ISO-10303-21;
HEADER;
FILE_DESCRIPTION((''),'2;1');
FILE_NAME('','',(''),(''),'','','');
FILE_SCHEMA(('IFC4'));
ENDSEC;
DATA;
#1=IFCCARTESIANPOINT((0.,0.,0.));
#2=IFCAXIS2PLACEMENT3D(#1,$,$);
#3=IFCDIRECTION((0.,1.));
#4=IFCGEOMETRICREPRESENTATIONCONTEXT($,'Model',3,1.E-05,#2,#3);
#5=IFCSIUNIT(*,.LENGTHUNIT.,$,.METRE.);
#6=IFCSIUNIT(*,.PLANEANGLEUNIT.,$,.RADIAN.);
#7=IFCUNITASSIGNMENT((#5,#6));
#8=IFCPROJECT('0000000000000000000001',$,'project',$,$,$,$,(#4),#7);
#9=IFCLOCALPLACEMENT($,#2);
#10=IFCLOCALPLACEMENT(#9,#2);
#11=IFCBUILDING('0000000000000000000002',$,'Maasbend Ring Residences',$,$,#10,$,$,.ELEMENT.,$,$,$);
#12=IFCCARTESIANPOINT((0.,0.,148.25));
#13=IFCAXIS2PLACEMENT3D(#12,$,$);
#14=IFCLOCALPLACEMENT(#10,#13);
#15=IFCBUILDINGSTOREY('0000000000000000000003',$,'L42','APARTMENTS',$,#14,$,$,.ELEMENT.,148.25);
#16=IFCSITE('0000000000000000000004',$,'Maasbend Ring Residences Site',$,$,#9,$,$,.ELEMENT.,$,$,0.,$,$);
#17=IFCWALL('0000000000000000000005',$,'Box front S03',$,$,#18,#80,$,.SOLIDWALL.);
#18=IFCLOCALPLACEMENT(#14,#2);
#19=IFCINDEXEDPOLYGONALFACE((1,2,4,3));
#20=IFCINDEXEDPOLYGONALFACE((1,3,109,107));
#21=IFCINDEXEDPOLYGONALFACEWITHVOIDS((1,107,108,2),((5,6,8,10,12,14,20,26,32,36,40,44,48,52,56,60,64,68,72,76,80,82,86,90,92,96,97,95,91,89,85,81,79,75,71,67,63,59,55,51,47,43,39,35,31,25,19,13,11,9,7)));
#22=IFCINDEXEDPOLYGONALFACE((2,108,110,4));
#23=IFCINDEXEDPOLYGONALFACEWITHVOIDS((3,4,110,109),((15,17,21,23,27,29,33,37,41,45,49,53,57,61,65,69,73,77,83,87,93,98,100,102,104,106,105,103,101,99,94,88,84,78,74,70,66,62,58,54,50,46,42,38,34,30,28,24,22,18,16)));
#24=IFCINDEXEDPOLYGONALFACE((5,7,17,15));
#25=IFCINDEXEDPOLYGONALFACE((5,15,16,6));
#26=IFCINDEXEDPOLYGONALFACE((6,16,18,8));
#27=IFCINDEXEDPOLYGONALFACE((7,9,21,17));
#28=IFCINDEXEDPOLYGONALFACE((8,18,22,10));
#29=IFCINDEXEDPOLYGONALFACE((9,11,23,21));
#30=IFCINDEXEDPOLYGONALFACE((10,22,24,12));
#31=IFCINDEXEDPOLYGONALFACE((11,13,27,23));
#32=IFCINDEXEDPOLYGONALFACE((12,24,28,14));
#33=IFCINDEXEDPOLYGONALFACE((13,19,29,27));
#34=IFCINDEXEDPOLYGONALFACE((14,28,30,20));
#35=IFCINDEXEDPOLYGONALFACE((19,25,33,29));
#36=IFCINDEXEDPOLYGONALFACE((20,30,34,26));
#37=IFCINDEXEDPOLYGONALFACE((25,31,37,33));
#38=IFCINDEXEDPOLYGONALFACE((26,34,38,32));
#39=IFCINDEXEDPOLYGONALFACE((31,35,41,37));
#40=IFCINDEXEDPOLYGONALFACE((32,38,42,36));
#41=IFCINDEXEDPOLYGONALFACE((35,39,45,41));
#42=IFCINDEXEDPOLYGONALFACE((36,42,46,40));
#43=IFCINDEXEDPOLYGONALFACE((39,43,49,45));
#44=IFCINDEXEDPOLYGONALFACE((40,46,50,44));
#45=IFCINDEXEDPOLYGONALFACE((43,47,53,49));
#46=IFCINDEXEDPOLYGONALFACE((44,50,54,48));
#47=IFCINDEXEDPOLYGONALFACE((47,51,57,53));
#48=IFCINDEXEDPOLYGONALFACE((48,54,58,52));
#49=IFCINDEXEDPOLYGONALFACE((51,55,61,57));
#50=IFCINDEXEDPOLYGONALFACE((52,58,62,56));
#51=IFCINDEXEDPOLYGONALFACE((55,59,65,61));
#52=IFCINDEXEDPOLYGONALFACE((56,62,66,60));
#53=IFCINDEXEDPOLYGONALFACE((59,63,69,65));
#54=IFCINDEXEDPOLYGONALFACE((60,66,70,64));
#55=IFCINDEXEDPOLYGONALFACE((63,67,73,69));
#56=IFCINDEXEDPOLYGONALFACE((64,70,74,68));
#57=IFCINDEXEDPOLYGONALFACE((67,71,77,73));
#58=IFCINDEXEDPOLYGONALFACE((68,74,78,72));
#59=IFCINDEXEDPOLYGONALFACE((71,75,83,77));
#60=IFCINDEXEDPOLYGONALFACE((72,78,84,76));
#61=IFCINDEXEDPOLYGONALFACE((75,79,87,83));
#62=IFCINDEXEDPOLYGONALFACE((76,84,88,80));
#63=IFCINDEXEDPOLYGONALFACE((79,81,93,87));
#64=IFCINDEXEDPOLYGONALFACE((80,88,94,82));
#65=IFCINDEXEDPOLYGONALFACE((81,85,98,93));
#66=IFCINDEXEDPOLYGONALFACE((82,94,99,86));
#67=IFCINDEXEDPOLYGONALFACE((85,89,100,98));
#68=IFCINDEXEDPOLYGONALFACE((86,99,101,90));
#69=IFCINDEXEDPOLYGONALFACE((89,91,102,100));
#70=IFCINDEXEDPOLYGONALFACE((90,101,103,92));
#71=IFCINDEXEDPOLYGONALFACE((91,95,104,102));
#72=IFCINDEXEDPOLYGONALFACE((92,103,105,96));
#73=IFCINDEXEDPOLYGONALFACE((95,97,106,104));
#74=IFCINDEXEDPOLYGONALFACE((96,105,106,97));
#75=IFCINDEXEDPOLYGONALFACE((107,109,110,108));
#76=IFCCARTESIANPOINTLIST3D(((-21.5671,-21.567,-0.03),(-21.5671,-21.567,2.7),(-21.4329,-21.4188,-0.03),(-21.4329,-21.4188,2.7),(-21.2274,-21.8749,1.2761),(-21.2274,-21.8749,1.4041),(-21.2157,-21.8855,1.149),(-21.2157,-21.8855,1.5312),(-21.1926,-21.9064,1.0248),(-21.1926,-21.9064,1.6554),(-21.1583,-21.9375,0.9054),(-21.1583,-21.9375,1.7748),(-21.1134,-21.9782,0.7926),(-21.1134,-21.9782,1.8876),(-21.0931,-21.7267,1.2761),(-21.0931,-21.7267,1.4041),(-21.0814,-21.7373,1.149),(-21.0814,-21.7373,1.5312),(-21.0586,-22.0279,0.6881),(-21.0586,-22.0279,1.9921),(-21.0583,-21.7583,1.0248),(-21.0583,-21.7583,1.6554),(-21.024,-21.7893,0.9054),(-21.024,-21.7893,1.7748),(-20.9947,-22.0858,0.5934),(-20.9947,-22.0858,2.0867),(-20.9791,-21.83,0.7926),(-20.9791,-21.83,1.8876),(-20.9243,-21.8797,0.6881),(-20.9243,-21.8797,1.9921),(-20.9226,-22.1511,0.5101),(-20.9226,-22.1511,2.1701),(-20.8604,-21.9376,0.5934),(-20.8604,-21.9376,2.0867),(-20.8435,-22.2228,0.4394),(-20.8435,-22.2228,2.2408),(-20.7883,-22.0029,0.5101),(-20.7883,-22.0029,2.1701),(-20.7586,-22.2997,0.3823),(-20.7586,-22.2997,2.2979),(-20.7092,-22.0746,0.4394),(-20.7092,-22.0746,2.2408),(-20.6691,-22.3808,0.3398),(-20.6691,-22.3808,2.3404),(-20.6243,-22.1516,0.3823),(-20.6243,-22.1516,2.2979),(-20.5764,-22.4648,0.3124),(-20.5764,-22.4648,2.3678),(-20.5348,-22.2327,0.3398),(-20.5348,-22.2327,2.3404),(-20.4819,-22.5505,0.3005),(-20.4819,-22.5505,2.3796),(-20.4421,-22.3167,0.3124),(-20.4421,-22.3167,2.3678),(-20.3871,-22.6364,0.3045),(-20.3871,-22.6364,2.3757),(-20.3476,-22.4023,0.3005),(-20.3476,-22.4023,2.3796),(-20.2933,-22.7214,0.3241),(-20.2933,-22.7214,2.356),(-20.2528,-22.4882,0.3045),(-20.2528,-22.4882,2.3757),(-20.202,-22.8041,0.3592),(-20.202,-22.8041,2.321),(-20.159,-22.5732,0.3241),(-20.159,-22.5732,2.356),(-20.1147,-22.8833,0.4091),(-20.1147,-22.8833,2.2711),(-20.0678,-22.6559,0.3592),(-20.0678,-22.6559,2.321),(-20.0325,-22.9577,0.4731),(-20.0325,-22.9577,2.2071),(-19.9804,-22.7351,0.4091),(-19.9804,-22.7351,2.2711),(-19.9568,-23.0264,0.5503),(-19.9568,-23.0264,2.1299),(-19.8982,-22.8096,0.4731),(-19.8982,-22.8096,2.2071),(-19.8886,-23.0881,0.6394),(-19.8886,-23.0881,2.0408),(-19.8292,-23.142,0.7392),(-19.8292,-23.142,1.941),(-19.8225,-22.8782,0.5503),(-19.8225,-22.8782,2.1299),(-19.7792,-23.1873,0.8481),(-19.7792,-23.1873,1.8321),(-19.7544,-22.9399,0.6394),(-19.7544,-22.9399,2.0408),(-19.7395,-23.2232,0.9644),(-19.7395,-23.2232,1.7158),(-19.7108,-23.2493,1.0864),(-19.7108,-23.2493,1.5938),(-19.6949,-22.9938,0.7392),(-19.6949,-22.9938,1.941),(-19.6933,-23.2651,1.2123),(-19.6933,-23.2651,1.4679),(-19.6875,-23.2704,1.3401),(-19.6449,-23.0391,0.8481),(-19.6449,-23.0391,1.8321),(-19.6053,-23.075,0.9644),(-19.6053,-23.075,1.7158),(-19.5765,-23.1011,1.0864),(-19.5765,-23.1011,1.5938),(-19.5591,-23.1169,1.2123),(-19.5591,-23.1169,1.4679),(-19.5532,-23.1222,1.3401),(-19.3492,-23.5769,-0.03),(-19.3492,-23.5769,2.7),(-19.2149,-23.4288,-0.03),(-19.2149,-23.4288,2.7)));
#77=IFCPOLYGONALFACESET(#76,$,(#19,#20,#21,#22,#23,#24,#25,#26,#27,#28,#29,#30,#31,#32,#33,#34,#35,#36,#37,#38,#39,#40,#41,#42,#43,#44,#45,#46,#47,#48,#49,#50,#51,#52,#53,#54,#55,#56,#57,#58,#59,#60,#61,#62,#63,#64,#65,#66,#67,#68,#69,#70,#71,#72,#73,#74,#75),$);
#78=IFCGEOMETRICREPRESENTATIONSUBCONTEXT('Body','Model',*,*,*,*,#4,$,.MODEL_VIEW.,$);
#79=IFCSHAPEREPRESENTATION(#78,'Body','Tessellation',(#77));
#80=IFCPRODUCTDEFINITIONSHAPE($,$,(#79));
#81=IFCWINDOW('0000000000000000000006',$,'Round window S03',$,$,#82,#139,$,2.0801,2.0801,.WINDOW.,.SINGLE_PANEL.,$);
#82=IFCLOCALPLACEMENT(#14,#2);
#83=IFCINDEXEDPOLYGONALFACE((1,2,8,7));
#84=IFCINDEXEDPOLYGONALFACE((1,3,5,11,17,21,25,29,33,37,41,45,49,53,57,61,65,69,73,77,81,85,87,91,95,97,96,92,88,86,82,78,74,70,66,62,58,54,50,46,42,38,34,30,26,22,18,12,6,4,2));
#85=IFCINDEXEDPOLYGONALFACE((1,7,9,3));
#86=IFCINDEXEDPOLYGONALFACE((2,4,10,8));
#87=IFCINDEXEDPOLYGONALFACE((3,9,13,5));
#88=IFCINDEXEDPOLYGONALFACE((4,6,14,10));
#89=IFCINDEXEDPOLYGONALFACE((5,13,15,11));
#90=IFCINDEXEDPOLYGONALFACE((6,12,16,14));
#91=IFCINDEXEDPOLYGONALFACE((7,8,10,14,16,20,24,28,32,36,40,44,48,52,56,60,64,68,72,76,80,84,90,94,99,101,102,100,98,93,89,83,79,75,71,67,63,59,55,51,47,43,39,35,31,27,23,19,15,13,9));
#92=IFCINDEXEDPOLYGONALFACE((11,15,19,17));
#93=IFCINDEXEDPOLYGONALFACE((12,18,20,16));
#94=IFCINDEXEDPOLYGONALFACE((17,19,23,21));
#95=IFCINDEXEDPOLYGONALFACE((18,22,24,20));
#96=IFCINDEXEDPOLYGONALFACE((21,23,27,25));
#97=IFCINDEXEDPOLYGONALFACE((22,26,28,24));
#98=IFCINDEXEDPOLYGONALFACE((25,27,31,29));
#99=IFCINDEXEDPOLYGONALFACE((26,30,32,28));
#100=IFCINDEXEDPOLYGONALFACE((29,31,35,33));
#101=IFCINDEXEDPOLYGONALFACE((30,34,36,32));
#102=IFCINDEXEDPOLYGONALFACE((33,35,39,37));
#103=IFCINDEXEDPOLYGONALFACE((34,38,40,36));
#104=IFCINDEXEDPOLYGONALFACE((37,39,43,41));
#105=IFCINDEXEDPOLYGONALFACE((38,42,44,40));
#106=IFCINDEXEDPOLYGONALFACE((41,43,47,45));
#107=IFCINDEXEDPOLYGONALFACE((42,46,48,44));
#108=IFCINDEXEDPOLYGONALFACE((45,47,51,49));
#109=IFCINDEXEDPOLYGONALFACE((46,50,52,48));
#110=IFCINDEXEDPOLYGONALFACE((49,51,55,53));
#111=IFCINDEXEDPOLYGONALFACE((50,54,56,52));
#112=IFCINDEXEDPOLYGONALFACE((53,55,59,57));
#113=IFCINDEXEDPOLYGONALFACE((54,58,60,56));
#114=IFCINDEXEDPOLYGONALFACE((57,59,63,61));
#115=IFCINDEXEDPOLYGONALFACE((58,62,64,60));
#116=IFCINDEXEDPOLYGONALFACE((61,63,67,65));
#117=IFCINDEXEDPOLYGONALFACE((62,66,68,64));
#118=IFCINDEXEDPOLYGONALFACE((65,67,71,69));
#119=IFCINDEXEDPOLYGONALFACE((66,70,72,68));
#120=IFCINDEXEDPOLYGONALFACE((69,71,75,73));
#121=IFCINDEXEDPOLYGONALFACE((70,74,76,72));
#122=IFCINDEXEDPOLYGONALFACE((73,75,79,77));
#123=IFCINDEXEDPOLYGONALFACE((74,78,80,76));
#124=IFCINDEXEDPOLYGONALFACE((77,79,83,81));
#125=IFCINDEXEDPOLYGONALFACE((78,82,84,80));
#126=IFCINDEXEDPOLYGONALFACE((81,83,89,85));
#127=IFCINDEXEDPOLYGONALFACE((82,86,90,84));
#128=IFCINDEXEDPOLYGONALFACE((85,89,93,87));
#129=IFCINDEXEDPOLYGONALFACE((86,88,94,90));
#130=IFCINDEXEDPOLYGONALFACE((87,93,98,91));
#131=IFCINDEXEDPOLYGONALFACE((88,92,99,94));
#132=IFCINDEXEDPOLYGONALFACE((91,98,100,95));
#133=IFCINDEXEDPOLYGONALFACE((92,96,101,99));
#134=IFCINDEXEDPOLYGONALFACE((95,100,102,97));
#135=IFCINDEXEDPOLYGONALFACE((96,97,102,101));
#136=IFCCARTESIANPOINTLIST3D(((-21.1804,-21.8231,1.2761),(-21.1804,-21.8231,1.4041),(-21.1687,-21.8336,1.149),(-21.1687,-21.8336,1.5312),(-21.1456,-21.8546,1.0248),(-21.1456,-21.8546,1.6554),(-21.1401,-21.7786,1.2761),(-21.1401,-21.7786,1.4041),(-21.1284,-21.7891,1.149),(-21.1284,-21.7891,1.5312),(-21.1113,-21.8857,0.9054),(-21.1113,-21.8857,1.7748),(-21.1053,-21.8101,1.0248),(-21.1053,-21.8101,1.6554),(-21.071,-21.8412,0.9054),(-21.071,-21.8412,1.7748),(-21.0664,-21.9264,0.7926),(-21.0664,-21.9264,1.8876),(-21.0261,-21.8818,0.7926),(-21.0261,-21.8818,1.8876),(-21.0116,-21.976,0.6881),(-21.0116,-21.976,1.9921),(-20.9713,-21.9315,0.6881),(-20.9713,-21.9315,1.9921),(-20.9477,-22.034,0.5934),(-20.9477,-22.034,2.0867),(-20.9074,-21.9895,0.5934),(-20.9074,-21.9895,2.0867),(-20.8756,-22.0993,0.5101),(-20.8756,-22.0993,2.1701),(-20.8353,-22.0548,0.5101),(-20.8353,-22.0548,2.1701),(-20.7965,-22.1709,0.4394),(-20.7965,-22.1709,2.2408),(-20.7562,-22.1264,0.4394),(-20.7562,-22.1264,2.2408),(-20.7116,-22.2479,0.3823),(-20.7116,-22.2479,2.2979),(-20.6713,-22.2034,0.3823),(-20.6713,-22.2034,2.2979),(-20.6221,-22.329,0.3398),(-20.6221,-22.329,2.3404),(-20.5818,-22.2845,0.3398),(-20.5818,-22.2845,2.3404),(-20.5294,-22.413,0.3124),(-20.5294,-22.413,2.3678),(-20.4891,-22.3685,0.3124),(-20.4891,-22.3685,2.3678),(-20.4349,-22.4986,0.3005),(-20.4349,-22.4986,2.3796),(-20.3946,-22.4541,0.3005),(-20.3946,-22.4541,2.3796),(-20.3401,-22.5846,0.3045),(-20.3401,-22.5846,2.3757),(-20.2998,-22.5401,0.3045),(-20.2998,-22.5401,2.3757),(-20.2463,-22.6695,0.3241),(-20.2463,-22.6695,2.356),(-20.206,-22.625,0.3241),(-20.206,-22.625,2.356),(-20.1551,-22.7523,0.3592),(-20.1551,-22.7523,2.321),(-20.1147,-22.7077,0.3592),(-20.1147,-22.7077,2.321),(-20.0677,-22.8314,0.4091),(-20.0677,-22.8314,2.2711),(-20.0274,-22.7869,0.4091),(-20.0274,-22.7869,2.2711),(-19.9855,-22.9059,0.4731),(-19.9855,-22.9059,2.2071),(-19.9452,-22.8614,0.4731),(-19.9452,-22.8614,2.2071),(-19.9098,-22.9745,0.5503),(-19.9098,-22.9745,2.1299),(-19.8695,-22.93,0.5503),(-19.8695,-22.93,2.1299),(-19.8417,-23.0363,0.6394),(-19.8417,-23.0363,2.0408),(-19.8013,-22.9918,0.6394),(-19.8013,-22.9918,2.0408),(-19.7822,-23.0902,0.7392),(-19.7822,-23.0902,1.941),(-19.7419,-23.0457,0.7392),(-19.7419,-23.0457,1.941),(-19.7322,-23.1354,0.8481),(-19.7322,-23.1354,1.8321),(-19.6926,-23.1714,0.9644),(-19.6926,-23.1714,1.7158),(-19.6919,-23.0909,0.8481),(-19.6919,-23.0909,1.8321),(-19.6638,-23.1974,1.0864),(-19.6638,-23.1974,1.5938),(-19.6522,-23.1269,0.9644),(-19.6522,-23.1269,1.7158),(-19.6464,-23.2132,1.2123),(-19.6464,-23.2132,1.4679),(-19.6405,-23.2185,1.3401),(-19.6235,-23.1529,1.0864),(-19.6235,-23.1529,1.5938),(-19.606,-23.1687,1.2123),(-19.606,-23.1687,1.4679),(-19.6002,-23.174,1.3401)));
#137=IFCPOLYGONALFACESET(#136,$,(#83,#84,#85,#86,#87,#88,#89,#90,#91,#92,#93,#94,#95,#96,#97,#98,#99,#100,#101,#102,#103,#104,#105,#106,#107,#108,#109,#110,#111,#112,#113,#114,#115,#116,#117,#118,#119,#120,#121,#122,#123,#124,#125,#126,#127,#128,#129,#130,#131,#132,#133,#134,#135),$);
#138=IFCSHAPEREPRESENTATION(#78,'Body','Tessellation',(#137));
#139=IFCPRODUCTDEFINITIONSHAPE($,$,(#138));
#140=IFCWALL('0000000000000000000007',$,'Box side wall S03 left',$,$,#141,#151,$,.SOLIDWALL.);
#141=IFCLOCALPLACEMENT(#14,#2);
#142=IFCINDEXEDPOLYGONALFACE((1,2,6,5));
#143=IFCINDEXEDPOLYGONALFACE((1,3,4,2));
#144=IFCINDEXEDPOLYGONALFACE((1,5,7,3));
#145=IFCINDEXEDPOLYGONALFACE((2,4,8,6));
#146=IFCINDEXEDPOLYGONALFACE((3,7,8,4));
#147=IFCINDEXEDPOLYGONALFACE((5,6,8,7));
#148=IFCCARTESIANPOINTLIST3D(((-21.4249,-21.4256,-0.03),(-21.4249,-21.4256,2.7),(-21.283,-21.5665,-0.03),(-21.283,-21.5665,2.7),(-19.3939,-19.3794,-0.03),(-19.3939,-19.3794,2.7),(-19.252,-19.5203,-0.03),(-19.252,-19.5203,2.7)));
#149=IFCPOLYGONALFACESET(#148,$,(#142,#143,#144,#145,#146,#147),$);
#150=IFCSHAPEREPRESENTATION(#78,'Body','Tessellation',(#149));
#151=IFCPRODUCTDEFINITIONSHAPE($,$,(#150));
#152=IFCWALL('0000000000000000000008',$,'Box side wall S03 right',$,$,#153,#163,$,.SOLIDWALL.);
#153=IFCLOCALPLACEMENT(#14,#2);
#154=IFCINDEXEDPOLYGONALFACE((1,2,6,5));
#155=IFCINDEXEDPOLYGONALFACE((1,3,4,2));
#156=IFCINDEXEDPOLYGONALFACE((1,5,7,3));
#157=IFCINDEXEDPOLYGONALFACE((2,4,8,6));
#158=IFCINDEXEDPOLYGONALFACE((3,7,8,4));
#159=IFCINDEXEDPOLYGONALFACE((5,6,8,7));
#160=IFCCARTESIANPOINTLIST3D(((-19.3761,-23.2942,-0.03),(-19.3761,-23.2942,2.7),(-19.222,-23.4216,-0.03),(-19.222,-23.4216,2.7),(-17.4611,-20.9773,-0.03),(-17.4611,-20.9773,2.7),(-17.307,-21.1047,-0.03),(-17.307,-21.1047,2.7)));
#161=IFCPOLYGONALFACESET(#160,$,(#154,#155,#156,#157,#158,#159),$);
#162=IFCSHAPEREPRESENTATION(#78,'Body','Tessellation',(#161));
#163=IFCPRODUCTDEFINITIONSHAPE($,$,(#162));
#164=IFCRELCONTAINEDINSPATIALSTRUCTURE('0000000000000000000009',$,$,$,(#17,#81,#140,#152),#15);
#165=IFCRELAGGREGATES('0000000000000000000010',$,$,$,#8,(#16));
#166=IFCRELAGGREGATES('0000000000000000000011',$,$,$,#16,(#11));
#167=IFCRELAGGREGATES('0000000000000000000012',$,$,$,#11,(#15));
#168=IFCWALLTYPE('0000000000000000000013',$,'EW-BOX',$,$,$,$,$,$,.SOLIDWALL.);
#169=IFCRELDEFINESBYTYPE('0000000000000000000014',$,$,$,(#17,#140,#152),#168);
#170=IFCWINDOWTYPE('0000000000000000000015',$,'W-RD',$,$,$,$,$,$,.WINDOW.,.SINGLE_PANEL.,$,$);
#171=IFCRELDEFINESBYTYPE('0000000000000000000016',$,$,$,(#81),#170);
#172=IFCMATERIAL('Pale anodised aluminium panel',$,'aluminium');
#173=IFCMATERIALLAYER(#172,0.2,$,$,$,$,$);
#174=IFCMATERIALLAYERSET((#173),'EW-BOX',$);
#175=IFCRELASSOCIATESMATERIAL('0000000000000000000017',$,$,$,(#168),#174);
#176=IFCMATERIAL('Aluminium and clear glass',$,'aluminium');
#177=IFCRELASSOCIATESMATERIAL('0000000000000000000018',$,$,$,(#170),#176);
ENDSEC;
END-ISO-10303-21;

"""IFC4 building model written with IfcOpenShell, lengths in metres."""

from ifc_helpers import new_model, si_unit, direction, frame, frame_2d, origin, place, context, subcontext, project, spatial, rectangle, circle, extrude, material, layer, layer_set, type_object, element, fill, save


model = new_model("IFC4")

# Units and contexts
model_context = context("Model", 3, precision=1e-05, world=origin(), true_north=direction((0.0, 1.0)))
body_context = subcontext(model_context, "Body", "Model", "MODEL_VIEW")
ifc_project = project(units=[si_unit("LENGTHUNIT", "METRE"), si_unit("PLANEANGLEUNIT", "RADIAN")], contexts=[model_context])

# Site, building, storey
site_placement = place(None, origin())
site = spatial("IfcSite", under=ifc_project, at=site_placement, Name="Maasbend Ring Residences Site", CompositionType="ELEMENT", RefElevation=0.0)
building_placement = place(site_placement, origin())
building = spatial("IfcBuilding", under=site, at=building_placement, Name="Maasbend Ring Residences", CompositionType="ELEMENT")
storey_placement = place(building_placement, frame((0.0, 0.0, 148.25)))
storey = spatial("IfcBuildingStorey", under=building, at=storey_placement, Name="L42", Description="APARTMENTS", CompositionType="ELEMENT", Elevation=148.25)

# Wall, opening, window
ifc_material_1 = material(Name="Pale anodised aluminium panel", Category="aluminium")
ifc_layer_1 = layer(ifc_material_1, 0.2)
ifc_layer_set_1 = layer_set([ifc_layer_1], Name="EW-BOX")
wall_type_1 = type_object("IfcWallType", Name="EW-BOX", PredefinedType="SOLIDWALL", material=ifc_layer_set_1)
ifc_material_2 = material(Name="Aluminium and clear glass", Category="aluminium")
window_type_1 = type_object("IfcWindowType", Name="W-RD", PartitioningType="SINGLE_PANEL", PredefinedType="WINDOW", material=ifc_material_2)
wall_1_placement = place(storey_placement, frame((-21.5, -21.4929, -0.03), z_axis=(0.0, 0.0, 1.0), x_axis=(0.740998, -0.671507, 0.0)))
wall_1 = element("IfcWall", 1, at=wall_1_placement, inside=storey, type_object=wall_type_1, Name="Box front S03", PredefinedType="SOLIDWALL", context=body_context, shape_type="SweptSolid", body=[
    extrude(rectangle(XDim=2.9932, YDim=0.2, at=frame_2d((1.4966, 0.0))), origin(), (0.0, 0.0, 1.0), 2.73),
])
opening_1_placement = place(wall_1_placement, frame((0.4565, 0.0, 0.3301)))
opening_1 = element("IfcOpeningElement", 2, at=opening_1_placement, cuts=wall_1, PredefinedType="OPENING", context=body_context, shape_type="SweptSolid", body=[
    extrude(circle(Radius=1.04, at=frame_2d((1.04, 1.04))), frame((0.0, 0.1099, 0.0), z_axis=(0.0, -1.0, 0.0), x_axis=(1.0, 0.0, 0.0)), (0.0, 0.0, 1.0), 0.22),
])
window_1_placement = place(opening_1_placement, origin())
window_1 = element("IfcWindow", 3, at=window_1_placement, inside=storey, type_object=window_type_1, Name="Round window S03", OverallHeight=2.0801, OverallWidth=2.0801, PartitioningType="SINGLE_PANEL", PredefinedType="WINDOW", context=body_context, shape_type="SweptSolid", body=[
    extrude(circle(Radius=1.04, at=frame_2d((1.04, 1.04))), frame((0.0, 0.03, 0.0), z_axis=(0.0, -1.0, 0.0), x_axis=(1.0, 0.0, 0.0)), (0.0, 0.0, 1.0), 0.0601),
])
fill(opening_1, window_1)

# Walls
wall_2_placement = place(storey_placement, frame((-19.323, -19.45, -0.03), z_axis=(0.0, 0.0, 1.0), x_axis=(-0.704477, -0.709727, 0.0)))
element("IfcWall", 4, at=wall_2_placement, inside=storey, type_object=wall_type_1, Name="Box side wall S03 left", PredefinedType="SOLIDWALL", context=body_context, shape_type="SweptSolid", body=[
    extrude(rectangle(XDim=2.8831, YDim=0.2, at=frame_2d((1.4414, 0.0))), origin(), (0.0, 0.0, 1.0), 2.73),
])
wall_3_placement = place(storey_placement, frame((-17.384, -21.041, -0.03), z_axis=(0.0, 0.0, 1.0), x_axis=(-0.637096, -0.770785, 0.0)))
element("IfcWall", 5, at=wall_3_placement, inside=storey, type_object=wall_type_1, Name="Box side wall S03 right", PredefinedType="SOLIDWALL", context=body_context, shape_type="SweptSolid", body=[
    extrude(rectangle(XDim=3.0059, YDim=0.2, at=frame_2d((1.5029, 0.0))), origin(), (0.0, 0.0, 1.0), 2.73),
])

save(model, "model.ifc")
